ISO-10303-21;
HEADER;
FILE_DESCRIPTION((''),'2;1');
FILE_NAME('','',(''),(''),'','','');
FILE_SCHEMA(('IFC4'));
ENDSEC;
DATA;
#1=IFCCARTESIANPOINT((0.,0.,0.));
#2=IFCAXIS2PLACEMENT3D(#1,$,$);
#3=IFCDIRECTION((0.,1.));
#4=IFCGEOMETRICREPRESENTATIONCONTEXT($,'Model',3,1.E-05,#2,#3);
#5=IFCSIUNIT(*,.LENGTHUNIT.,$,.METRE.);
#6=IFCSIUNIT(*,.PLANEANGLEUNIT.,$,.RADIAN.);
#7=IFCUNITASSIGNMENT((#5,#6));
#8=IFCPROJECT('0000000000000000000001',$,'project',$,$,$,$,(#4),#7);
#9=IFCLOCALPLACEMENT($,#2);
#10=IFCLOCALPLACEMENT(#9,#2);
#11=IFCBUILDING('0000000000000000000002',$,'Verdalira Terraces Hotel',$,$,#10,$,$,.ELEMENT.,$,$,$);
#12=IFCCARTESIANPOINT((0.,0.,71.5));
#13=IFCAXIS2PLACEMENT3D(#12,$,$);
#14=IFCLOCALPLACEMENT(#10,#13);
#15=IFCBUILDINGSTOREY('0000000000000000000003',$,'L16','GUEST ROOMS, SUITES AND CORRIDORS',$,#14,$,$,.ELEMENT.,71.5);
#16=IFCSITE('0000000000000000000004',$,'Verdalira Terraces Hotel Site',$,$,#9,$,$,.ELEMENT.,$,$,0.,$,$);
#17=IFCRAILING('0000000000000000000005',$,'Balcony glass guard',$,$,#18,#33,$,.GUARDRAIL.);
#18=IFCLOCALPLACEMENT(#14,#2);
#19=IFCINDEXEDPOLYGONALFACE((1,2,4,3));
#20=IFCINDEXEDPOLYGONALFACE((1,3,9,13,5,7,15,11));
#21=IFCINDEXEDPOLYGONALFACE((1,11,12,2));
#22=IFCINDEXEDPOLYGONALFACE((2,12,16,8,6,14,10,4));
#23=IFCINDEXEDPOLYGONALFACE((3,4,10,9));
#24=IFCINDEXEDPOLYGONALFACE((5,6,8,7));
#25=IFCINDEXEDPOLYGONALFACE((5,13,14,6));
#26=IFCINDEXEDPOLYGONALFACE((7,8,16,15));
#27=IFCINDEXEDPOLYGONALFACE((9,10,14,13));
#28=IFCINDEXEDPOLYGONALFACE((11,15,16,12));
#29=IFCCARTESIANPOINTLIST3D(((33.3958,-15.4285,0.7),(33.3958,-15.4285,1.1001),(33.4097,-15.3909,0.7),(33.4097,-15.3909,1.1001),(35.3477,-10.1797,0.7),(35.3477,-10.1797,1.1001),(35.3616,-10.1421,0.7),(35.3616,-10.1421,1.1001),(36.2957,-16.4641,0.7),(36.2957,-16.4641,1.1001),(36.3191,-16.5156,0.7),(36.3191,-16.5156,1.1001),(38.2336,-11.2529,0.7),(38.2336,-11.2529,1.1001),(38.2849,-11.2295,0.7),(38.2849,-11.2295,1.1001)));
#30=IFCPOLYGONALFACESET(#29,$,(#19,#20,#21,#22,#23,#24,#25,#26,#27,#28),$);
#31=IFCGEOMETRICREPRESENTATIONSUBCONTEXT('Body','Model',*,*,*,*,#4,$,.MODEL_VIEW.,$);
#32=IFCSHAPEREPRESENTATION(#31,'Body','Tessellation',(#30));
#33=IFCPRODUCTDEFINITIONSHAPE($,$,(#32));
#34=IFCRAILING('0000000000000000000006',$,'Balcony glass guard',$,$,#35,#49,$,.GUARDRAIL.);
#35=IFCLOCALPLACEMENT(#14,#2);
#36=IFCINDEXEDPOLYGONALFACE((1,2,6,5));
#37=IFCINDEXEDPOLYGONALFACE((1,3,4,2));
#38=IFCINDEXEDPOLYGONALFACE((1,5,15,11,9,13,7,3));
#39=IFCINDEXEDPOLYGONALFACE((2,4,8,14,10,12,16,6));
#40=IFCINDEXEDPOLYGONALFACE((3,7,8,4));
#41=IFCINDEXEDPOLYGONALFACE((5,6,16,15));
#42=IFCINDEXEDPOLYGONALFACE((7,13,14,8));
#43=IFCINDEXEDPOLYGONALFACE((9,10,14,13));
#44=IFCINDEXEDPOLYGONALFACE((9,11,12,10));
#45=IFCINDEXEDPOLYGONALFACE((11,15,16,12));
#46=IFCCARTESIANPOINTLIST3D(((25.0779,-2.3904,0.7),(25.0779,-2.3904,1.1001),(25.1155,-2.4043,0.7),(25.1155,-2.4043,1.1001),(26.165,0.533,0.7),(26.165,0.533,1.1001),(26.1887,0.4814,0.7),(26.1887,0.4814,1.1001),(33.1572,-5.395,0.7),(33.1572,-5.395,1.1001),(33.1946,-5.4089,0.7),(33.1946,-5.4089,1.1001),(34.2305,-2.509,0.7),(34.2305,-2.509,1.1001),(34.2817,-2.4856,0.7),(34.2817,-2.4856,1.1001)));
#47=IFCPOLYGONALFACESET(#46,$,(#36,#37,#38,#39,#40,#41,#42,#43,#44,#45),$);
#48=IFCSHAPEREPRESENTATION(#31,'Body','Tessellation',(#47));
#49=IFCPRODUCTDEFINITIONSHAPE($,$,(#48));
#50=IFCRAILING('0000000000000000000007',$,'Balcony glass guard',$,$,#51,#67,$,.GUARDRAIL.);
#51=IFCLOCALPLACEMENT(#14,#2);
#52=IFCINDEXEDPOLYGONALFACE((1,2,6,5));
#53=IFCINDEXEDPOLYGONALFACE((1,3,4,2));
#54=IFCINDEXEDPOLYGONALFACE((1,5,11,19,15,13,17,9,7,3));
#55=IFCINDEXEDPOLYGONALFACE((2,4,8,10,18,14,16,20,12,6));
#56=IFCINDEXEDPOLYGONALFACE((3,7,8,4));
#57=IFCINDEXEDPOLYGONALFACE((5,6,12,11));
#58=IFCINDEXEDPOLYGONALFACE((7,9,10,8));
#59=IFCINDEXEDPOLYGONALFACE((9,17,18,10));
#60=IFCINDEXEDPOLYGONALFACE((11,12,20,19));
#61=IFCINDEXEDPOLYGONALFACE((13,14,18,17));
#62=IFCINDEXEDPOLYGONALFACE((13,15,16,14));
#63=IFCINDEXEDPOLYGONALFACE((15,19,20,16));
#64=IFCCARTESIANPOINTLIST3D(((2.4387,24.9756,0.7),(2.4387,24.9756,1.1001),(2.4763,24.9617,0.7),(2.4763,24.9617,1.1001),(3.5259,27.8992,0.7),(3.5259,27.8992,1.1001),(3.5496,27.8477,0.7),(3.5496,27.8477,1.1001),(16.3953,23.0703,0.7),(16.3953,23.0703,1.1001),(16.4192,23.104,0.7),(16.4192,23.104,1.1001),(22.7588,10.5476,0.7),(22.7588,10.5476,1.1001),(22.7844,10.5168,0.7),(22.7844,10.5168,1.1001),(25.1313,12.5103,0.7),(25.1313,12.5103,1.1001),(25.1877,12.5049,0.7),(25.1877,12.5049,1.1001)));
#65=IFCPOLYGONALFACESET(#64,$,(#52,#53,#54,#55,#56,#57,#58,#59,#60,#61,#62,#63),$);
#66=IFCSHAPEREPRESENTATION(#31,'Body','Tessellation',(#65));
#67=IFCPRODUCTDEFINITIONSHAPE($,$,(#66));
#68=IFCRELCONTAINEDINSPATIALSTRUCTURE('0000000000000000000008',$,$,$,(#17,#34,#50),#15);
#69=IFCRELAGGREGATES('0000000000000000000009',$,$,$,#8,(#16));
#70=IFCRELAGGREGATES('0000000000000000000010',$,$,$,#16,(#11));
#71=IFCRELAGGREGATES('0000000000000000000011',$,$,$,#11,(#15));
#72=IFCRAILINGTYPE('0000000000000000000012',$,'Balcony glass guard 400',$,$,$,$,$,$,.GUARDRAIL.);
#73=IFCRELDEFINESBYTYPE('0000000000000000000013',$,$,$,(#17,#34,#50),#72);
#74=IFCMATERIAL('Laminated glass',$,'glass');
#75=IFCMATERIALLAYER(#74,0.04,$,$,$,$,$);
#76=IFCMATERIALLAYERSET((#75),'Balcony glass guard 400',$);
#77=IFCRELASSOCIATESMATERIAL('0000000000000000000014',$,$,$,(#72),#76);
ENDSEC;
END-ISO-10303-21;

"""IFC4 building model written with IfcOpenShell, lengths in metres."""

from ifc_helpers import new_model, si_unit, direction, frame, origin, place, context, subcontext, project, spatial, polyline, outline, extrude, material, layer, layer_set, type_object, element, save


model = new_model("IFC4")

# Units and contexts
model_context = context("Model", 3, precision=1e-05, world=origin(), true_north=direction((0.0, 1.0)))
body_context = subcontext(model_context, "Body", "Model", "MODEL_VIEW")
ifc_project = project(units=[si_unit("LENGTHUNIT", "METRE"), si_unit("PLANEANGLEUNIT", "RADIAN")], contexts=[model_context])

# Site, building, storey
site_placement = place(None, origin())
site = spatial("IfcSite", under=ifc_project, at=site_placement, Name="Verdalira Terraces Hotel Site", CompositionType="ELEMENT", RefElevation=0.0)
building_placement = place(site_placement, origin())
building = spatial("IfcBuilding", under=site, at=building_placement, Name="Verdalira Terraces Hotel", CompositionType="ELEMENT")
storey_placement = place(building_placement, frame((0.0, 0.0, 71.5)))
storey = spatial("IfcBuildingStorey", under=building, at=storey_placement, Name="L16", Description="GUEST ROOMS, SUITES AND CORRIDORS", CompositionType="ELEMENT", Elevation=71.5)

# Railings
ifc_material_1 = material(Name="Laminated glass", Category="glass")
ifc_layer_1 = layer(ifc_material_1, 0.04)
ifc_layer_set_1 = layer_set([ifc_layer_1], Name="Balcony glass guard 400")
railing_type = type_object("IfcRailingType", Name="Balcony glass guard 400", PredefinedType="GUARDRAIL", material=ifc_layer_set_1)
railing_1_placement = place(storey_placement, frame((0.0, 0.0, 0.7)))
element("IfcRailing", 1, at=railing_1_placement, inside=storey, type_object=railing_type, Name="Balcony glass guard", PredefinedType="GUARDRAIL", context=body_context, shape_type="SweptSolid", body=[
    extrude(outline(polyline([(36.2957, -16.4641), (38.2336, -11.2529), (35.3477, -10.1797), (35.3616, -10.1421), (38.2849, -11.2295), (36.3191, -16.5156), (33.3958, -15.4285), (33.4097, -15.3909), (36.2957, -16.4641)])), origin(), (0.0, 0.0, 1.0), 0.4001),
])
railing_2_placement = place(storey_placement, frame((0.0, 0.0, 0.7)))
element("IfcRailing", 2, at=railing_2_placement, inside=storey, type_object=railing_type, Name="Balcony glass guard", PredefinedType="GUARDRAIL", context=body_context, shape_type="SweptSolid", body=[
    extrude(outline(polyline([(34.2305, -2.509), (26.1887, 0.4814), (25.1155, -2.4043), (25.0779, -2.3904), (26.165, 0.533), (34.2817, -2.4856), (33.1946, -5.4089), (33.1572, -5.395), (34.2305, -2.509)])), origin(), (0.0, 0.0, 1.0), 0.4001),
])
railing_3_placement = place(storey_placement, frame((0.0, 0.0, 0.7)))
element("IfcRailing", 3, at=railing_3_placement, inside=storey, type_object=railing_type, Name="Balcony glass guard", PredefinedType="GUARDRAIL", context=body_context, shape_type="SweptSolid", body=[
    extrude(outline(polyline([(25.1313, 12.5103), (16.3953, 23.0703), (3.5496, 27.8477), (2.4763, 24.9617), (2.4387, 24.9756), (3.5259, 27.8992), (16.4192, 23.104), (25.1877, 12.5049), (22.7844, 10.5168), (22.7588, 10.5476), (25.1313, 12.5103)])), origin(), (0.0, 0.0, 1.0), 0.4001),
])

save(model, "model.ifc")
